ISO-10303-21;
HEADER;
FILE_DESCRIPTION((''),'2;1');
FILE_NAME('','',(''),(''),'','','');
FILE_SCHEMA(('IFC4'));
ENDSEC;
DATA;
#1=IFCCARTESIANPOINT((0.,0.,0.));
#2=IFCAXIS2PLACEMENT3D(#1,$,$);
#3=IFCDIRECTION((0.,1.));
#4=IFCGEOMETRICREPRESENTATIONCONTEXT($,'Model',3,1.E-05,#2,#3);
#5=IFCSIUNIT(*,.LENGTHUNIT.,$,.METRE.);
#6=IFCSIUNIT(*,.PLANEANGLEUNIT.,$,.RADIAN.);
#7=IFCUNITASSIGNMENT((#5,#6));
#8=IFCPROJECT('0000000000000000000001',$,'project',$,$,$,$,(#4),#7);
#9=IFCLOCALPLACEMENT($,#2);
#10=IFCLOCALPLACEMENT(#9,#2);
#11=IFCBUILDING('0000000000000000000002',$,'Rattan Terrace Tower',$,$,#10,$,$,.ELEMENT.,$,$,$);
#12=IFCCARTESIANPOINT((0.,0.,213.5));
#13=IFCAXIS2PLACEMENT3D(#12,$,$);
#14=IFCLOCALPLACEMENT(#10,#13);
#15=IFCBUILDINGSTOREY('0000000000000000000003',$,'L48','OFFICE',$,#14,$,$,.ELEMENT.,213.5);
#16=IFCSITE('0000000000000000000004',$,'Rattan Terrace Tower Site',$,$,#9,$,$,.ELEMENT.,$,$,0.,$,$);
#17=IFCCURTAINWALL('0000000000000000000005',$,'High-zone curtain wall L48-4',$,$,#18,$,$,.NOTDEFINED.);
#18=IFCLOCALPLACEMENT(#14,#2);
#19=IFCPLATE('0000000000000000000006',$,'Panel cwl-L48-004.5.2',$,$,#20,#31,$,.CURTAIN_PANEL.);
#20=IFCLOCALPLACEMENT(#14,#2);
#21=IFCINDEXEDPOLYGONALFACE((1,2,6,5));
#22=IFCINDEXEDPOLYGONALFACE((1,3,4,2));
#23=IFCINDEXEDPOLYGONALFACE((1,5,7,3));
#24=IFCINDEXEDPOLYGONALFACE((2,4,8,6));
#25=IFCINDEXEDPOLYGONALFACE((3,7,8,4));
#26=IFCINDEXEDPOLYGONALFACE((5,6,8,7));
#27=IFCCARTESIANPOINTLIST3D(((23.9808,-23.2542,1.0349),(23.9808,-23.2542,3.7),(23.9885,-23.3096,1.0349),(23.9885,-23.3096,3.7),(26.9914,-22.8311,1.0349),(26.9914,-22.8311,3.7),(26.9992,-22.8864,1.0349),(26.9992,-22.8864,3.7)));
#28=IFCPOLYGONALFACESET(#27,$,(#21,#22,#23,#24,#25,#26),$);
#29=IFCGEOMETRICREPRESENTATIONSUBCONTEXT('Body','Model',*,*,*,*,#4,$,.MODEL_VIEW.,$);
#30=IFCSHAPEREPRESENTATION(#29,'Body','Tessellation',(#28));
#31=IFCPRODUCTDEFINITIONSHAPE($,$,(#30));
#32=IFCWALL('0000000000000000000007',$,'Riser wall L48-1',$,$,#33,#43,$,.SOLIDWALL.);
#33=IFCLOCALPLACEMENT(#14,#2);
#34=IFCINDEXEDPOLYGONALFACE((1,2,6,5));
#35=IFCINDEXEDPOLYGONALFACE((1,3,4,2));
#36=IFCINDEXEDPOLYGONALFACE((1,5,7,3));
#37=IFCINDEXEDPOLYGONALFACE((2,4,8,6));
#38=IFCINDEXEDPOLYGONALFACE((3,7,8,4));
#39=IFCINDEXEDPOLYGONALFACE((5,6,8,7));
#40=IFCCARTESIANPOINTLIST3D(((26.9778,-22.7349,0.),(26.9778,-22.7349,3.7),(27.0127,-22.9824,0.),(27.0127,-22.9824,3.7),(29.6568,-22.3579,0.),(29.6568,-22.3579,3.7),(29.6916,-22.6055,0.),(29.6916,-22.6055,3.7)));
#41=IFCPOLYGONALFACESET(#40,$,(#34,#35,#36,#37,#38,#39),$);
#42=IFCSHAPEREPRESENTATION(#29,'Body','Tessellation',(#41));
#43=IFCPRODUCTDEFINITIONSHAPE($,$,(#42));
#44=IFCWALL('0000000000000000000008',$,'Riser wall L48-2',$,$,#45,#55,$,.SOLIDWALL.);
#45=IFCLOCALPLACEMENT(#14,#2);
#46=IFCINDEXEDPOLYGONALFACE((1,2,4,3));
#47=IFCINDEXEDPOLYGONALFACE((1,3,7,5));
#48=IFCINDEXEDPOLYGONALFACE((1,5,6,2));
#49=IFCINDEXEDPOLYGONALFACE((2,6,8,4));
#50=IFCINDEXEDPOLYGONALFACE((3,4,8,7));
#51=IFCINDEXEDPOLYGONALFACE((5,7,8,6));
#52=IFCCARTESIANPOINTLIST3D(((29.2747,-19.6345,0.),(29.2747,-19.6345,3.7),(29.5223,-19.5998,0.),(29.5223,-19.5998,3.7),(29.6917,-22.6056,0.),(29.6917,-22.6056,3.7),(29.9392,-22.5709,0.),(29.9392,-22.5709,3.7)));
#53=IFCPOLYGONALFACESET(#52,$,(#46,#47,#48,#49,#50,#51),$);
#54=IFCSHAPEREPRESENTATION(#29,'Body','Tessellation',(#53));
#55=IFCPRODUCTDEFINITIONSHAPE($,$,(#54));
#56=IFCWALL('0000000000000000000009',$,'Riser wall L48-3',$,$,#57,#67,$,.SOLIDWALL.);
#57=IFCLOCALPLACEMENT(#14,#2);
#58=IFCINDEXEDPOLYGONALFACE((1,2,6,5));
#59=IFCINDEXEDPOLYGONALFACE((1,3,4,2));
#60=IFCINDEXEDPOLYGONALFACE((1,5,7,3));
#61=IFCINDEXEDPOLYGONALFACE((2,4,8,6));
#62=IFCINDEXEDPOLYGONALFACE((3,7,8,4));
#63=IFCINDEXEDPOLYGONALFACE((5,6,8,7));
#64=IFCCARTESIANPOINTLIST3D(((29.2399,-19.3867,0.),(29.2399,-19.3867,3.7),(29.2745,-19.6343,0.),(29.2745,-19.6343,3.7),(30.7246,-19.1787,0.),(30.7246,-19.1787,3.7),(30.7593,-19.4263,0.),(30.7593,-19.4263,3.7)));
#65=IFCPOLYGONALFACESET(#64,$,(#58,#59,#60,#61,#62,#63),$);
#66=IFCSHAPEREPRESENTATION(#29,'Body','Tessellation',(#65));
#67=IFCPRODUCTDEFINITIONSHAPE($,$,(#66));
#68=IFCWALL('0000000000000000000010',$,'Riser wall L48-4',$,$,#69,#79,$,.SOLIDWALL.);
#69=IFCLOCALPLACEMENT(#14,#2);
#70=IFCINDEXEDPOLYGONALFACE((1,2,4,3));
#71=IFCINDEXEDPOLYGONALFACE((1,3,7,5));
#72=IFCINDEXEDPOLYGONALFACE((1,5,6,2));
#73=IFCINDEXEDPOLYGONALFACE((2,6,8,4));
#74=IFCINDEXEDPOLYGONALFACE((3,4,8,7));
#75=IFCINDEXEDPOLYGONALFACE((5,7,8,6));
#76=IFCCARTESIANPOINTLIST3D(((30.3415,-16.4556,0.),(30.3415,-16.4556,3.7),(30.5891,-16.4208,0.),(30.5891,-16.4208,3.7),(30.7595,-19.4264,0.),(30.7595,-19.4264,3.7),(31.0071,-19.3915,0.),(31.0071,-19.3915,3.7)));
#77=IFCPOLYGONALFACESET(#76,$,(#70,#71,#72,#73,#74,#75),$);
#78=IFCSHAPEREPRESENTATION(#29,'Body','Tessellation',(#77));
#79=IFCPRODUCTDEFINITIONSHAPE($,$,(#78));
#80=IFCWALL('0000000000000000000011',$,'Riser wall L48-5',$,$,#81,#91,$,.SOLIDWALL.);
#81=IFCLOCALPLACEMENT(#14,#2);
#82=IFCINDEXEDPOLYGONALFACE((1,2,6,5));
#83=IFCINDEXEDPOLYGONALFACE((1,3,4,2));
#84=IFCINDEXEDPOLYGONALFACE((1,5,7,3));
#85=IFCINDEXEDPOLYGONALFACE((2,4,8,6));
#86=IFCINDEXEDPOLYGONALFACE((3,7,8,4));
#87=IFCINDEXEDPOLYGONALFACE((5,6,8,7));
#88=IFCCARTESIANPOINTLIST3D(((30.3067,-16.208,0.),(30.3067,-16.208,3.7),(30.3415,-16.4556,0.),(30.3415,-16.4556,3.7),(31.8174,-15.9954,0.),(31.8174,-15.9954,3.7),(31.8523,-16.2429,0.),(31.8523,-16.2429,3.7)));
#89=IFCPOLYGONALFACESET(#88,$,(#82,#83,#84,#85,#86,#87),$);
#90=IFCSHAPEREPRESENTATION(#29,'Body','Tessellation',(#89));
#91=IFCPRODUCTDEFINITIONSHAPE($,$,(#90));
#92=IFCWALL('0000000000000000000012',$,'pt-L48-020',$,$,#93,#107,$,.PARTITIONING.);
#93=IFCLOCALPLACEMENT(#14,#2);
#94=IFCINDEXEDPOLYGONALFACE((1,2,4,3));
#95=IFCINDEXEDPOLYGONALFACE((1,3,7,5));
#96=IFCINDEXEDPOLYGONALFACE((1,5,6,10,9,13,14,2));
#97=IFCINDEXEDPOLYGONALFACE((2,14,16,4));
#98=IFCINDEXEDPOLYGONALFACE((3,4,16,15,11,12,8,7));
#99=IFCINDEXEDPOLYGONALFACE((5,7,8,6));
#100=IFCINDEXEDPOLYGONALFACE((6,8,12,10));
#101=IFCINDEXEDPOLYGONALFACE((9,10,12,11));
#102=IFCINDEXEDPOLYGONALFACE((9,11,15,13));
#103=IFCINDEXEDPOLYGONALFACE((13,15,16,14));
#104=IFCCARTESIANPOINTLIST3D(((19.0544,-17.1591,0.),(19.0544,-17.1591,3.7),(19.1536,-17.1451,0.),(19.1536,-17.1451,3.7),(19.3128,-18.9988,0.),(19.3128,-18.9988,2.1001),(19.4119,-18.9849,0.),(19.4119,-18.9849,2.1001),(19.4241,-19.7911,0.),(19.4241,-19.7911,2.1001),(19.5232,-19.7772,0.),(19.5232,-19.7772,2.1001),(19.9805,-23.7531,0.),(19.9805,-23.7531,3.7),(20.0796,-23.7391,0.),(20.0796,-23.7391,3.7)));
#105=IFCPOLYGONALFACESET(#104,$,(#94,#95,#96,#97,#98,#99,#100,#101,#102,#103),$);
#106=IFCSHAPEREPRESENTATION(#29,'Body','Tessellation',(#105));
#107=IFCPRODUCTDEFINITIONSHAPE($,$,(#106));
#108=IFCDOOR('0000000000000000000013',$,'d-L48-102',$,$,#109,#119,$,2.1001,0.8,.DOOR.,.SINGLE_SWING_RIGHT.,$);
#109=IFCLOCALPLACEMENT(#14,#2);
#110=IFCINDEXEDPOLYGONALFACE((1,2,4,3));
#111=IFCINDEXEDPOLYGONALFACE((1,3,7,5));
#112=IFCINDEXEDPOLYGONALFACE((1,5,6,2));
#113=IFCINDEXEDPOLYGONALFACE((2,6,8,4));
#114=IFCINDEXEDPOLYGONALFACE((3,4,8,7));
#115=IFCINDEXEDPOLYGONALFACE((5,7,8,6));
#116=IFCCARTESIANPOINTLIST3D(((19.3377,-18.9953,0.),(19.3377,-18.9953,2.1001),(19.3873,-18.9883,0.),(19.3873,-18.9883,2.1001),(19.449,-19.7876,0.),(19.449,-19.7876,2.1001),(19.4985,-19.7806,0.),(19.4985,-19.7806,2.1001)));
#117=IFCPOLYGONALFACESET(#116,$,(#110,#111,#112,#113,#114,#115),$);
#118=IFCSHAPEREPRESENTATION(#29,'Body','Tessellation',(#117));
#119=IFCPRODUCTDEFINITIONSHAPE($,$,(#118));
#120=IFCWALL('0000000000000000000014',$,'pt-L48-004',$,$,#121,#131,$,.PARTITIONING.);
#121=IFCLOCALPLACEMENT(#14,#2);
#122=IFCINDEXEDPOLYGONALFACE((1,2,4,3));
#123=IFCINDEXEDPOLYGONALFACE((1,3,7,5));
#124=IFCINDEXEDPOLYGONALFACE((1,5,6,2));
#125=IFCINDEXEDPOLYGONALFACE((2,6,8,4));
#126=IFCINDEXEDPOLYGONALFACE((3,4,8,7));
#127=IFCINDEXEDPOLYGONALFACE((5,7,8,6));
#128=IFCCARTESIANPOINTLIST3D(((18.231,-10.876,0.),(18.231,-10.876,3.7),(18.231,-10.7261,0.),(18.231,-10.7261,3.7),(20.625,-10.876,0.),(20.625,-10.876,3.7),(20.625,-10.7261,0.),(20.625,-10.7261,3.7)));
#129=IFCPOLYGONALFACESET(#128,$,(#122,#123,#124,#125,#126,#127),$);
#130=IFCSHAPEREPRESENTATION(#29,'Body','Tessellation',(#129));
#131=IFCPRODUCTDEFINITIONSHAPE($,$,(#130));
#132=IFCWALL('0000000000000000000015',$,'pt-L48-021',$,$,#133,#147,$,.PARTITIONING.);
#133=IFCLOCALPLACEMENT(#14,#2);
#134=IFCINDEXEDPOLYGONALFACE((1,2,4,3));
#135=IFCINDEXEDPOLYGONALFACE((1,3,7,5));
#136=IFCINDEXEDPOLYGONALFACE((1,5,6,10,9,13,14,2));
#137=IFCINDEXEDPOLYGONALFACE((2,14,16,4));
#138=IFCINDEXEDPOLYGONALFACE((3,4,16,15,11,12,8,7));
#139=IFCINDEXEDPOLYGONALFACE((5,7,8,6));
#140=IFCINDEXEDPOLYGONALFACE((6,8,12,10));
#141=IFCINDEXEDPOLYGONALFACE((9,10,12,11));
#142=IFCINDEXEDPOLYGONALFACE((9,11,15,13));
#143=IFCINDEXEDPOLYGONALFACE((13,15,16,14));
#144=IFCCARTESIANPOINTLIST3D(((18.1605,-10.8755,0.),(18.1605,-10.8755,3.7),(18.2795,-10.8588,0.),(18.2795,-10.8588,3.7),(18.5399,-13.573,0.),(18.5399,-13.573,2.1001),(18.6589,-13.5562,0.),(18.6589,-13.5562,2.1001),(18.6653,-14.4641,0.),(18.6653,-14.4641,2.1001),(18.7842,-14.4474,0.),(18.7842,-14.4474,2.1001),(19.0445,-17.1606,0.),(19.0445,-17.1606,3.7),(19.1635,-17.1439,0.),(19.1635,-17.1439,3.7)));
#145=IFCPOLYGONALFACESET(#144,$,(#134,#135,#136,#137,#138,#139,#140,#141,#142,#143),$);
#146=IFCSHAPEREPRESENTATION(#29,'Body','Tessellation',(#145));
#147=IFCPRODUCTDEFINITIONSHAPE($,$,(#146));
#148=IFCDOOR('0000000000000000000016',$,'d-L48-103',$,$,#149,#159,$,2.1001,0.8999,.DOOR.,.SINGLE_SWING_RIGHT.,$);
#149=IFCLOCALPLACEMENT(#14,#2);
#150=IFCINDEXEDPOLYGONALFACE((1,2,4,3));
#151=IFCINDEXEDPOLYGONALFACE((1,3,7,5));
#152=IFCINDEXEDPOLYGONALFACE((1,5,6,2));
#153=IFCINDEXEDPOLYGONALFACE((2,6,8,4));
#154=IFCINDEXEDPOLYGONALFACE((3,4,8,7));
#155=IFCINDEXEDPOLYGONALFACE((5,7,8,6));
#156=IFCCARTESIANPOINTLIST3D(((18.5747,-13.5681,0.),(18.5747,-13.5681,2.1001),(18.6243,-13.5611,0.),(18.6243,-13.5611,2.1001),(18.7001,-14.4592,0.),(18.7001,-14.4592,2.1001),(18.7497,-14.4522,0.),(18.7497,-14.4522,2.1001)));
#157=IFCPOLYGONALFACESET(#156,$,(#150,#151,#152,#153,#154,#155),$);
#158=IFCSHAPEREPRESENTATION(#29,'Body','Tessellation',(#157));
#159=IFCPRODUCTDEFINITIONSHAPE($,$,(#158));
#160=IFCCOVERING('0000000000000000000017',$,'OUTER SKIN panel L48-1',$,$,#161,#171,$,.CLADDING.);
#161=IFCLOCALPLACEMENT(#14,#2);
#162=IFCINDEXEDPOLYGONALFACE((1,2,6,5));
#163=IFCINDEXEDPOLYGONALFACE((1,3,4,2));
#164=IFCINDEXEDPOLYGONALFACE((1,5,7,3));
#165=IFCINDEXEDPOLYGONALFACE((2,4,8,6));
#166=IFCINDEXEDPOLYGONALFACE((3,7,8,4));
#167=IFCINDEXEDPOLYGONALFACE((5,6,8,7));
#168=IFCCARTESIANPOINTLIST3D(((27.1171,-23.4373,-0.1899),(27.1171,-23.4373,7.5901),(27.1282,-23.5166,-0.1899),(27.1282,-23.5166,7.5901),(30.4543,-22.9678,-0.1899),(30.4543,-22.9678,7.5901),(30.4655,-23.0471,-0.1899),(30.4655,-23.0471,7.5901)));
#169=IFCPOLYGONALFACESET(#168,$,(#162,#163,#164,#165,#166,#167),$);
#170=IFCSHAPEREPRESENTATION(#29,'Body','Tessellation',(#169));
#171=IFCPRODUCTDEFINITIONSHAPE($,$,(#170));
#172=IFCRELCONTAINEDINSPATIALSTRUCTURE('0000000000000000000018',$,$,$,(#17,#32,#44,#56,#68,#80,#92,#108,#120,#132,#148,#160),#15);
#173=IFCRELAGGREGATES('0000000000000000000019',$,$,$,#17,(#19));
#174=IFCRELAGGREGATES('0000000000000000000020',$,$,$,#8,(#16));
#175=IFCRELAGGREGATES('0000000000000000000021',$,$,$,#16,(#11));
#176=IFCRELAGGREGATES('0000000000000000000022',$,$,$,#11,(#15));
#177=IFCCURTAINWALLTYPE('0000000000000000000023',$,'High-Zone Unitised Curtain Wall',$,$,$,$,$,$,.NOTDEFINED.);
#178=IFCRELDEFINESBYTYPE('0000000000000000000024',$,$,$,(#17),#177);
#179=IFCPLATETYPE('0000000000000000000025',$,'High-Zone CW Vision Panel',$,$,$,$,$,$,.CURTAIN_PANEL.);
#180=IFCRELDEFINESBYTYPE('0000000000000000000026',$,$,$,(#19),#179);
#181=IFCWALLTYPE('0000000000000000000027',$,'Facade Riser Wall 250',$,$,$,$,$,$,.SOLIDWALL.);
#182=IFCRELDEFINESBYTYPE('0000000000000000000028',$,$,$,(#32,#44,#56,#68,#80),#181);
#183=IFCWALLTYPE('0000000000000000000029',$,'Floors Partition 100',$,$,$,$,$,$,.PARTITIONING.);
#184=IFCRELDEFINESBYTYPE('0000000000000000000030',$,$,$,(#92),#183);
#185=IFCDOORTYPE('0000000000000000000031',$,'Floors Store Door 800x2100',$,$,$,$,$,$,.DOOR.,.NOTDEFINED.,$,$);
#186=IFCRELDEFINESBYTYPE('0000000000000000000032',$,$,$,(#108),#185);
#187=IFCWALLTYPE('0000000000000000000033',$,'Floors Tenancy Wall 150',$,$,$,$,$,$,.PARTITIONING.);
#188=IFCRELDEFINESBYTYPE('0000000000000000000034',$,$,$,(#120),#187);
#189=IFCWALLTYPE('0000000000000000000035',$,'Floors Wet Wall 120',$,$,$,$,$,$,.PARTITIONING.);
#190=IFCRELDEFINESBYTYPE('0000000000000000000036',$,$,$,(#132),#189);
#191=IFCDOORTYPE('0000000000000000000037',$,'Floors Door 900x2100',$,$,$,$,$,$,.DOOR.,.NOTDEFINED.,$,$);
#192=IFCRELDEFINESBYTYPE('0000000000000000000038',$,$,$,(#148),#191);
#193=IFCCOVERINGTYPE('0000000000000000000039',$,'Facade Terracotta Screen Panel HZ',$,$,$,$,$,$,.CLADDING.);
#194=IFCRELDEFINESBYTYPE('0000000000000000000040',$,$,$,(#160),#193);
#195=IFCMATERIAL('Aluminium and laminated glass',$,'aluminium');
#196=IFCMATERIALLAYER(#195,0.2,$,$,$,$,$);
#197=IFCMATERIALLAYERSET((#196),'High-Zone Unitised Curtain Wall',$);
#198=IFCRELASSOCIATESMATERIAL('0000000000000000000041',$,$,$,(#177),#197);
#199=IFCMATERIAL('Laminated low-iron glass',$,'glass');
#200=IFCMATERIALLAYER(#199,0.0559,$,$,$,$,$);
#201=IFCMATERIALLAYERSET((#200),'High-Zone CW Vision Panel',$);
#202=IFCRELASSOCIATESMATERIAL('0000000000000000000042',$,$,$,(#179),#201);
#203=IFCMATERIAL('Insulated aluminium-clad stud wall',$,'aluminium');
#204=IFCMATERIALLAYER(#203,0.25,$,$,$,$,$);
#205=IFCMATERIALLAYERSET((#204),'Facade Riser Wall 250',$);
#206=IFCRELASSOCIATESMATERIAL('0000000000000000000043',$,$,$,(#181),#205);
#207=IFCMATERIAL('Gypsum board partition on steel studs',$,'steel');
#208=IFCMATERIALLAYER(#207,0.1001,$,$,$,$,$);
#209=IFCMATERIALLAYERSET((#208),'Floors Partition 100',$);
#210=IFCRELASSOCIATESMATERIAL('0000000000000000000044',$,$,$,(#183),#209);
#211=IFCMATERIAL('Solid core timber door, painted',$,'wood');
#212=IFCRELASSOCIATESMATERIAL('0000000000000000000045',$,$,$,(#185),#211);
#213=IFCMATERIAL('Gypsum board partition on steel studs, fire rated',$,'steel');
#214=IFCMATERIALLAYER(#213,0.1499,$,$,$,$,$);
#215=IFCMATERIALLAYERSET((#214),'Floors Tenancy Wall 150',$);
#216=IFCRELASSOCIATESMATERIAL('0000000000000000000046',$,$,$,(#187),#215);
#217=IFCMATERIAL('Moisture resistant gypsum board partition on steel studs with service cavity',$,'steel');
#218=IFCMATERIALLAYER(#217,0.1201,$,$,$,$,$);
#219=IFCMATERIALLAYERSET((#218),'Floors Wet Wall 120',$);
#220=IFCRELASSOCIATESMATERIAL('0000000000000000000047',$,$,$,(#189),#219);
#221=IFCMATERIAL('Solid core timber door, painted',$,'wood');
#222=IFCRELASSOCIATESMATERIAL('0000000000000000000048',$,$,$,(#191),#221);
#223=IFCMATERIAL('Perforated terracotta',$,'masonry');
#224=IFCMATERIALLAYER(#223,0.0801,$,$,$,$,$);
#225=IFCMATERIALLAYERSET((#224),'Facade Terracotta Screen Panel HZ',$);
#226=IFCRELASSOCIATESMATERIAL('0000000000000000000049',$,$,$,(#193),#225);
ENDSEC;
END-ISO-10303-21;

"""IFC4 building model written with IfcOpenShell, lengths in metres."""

from ifc_helpers import new_model, si_unit, direction, frame, frame_2d, origin, origin_2d, place, context, subcontext, project, spatial, rectangle, extrude, material, layer, layer_set, type_object, element, fill, aggregate, save


model = new_model("IFC4")

# Units and contexts
model_context = context("Model", 3, precision=1e-05, world=origin(), true_north=direction((0.0, 1.0)))
body_context = subcontext(model_context, "Body", "Model", "MODEL_VIEW")
ifc_project = project(units=[si_unit("LENGTHUNIT", "METRE"), si_unit("PLANEANGLEUNIT", "RADIAN")], contexts=[model_context])

# Site, building, storey
site_placement = place(None, origin())
site = spatial("IfcSite", under=ifc_project, at=site_placement, Name="Rattan Terrace Tower Site", CompositionType="ELEMENT", RefElevation=0.0)
building_placement = place(site_placement, origin())
building = spatial("IfcBuilding", under=site, at=building_placement, Name="Rattan Terrace Tower", CompositionType="ELEMENT")
storey_placement = place(building_placement, frame((0.0, 0.0, 213.5)))
storey = spatial("IfcBuildingStorey", under=building, at=storey_placement, Name="L48", Description="OFFICE", CompositionType="ELEMENT", Elevation=213.5)

# Shared definitions
ifc_material_1 = material(Name="Aluminium and laminated glass", Category="aluminium")
ifc_layer_1 = layer(ifc_material_1, 0.2)
ifc_layer_set_1 = layer_set([ifc_layer_1], Name="High-Zone Unitised Curtain Wall")
curtain_wall_type = type_object("IfcCurtainWallType", Name="High-Zone Unitised Curtain Wall", PredefinedType="NOTDEFINED", material=ifc_layer_set_1)

# Curtain wall
curtain_wall_1_placement = place(storey_placement, origin())
curtain_wall_1 = element("IfcCurtainWall", 1, at=curtain_wall_1_placement, inside=storey, type_object=curtain_wall_type, Name="High-zone curtain wall L48-4", PredefinedType="NOTDEFINED")

# Plate
ifc_material_2 = material(Name="Laminated low-iron glass", Category="glass")
ifc_layer_2 = layer(ifc_material_2, 0.0559)
ifc_layer_set_2 = layer_set([ifc_layer_2], Name="High-Zone CW Vision Panel")
plate_type_1 = type_object("IfcPlateType", Name="High-Zone CW Vision Panel", PredefinedType="CURTAIN_PANEL", material=ifc_layer_set_2)
plate_1_placement = place(storey_placement, frame((25.49, -23.0703, 1.0349), z_axis=(0.0, 0.0, 1.0), x_axis=(0.990267, 0.139177, 0.0)))
plate_1 = element("IfcPlate", 2, at=plate_1_placement, type_object=plate_type_1, Name="Panel cwl-L48-004.5.2", PredefinedType="CURTAIN_PANEL", context=body_context, shape_type="SweptSolid", body=[
    extrude(rectangle(XDim=3.0403, YDim=0.0559, at=origin_2d()), origin(), (0.0, 0.0, 1.0), 2.665),
])
aggregate(curtain_wall_1, [plate_1])

# Walls
ifc_material_3 = material(Name="Insulated aluminium-clad stud wall", Category="aluminium")
ifc_layer_3 = layer(ifc_material_3, 0.25)
ifc_layer_set_3 = layer_set([ifc_layer_3], Name="Facade Riser Wall 250")
wall_type_1 = type_object("IfcWallType", Name="Facade Riser Wall 250", PredefinedType="SOLIDWALL", material=ifc_layer_set_3)
wall_1_placement = place(storey_placement, frame((26.9954, -22.8586, 0.0), z_axis=(0.0, 0.0, 1.0), x_axis=(0.990245, 0.139336, 0.0)))
element("IfcWall", 3, at=wall_1_placement, inside=storey, type_object=wall_type_1, Name="Riser wall L48-1", PredefinedType="SOLIDWALL", context=body_context, shape_type="SweptSolid", body=[
    extrude(rectangle(XDim=2.7053, YDim=0.25, at=frame_2d((1.3525, 0.0))), origin(), (0.0, 0.0, 1.0), 3.7),
])
wall_2_placement = place(storey_placement, frame((29.8154, -22.5881, 0.0), z_axis=(0.0, 0.0, 1.0), x_axis=(-0.138983, 0.990295, 0.0)))
element("IfcWall", 4, at=wall_2_placement, inside=storey, type_object=wall_type_1, Name="Riser wall L48-2", PredefinedType="SOLIDWALL", context=body_context, shape_type="SweptSolid", body=[
    extrude(rectangle(XDim=3.0002, YDim=0.25, at=frame_2d((1.5, 0.0))), origin(), (0.0, 0.0, 1.0), 3.7),
])
wall_3_placement = place(storey_placement, frame((29.2573, -19.5105, 0.0), z_axis=(0.0, 0.0, 1.0), x_axis=(0.99033, 0.138731, 0.0)))
element("IfcWall", 5, at=wall_3_placement, inside=storey, type_object=wall_type_1, Name="Riser wall L48-3", PredefinedType="SOLIDWALL", context=body_context, shape_type="SweptSolid", body=[
    extrude(rectangle(XDim=1.4993, YDim=0.25, at=frame_2d((0.7495, 0.0))), origin(), (0.0, 0.0, 1.0), 3.7),
])
wall_4_placement = place(storey_placement, frame((30.8833, -19.4089, 0.0), z_axis=(0.0, 0.0, 1.0), x_axis=(-0.139325, 0.990247, 0.0)))
element("IfcWall", 6, at=wall_4_placement, inside=storey, type_object=wall_type_1, Name="Riser wall L48-4", PredefinedType="SOLIDWALL", context=body_context, shape_type="SweptSolid", body=[
    extrude(rectangle(XDim=3.0, YDim=0.25, at=frame_2d((1.5, 0.0))), origin(), (0.0, 0.0, 1.0), 3.7),
])
wall_5_placement = place(storey_placement, frame((30.3242, -16.3318, 0.0), z_axis=(0.0, 0.0, 1.0), x_axis=(0.990239, 0.139382, 0.0)))
element("IfcWall", 7, at=wall_5_placement, inside=storey, type_object=wall_type_1, Name="Riser wall L48-5", PredefinedType="SOLIDWALL", context=body_context, shape_type="SweptSolid", body=[
    extrude(rectangle(XDim=1.5256, YDim=0.25, at=frame_2d((0.7627, 0.0))), origin(), (0.0, 0.0, 1.0), 3.7),
])

# Wall, opening, door
ifc_material_4 = material(Name="Gypsum board partition on steel studs", Category="steel")
ifc_layer_4 = layer(ifc_material_4, 0.1001)
ifc_layer_set_4 = layer_set([ifc_layer_4], Name="Floors Partition 100")
wall_type_2 = type_object("IfcWallType", Name="Floors Partition 100", PredefinedType="PARTITIONING", material=ifc_layer_set_4)
wall_6_placement = place(storey_placement, frame((20.03, -23.7461, 0.0), z_axis=(0.0, 0.0, 1.0), x_axis=(-0.13907, 0.990283, 0.0)))
wall_6 = element("IfcWall", 8, at=wall_6_placement, inside=storey, type_object=wall_type_2, Name="pt-L48-020", PredefinedType="PARTITIONING", context=body_context, shape_type="SweptSolid", body=[
    extrude(rectangle(XDim=6.6587, YDim=0.1001, at=frame_2d((3.3293, 0.0))), origin(), (0.0, 0.0, 1.0), 3.7),
])
opening_1_placement = place(wall_6_placement, frame((4.001, 0.0, 0.0)))
opening_1 = element("IfcOpeningElement", 9, at=opening_1_placement, cuts=wall_6, PredefinedType="OPENING", context=body_context, shape_type="SweptSolid", body=[
    extrude(rectangle(XDim=0.8, YDim=2.1001, at=frame_2d((0.3999, 1.05))), frame((0.0, 0.0605, 0.0), z_axis=(0.0, -1.0, 0.0), x_axis=(1.0, 0.0, 0.0)), (0.0, 0.0, 1.0), 0.1211),
])
ifc_material_5 = material(Name="Solid core timber door, painted", Category="wood")
door_type_1 = type_object("IfcDoorType", Name="Floors Store Door 800x2100", OperationType="NOTDEFINED", PredefinedType="DOOR", material=ifc_material_5)
door_1_placement = place(opening_1_placement, origin())
door_1 = element("IfcDoor", 10, at=door_1_placement, inside=storey, type_object=door_type_1, Name="d-L48-102", OperationType="SINGLE_SWING_RIGHT", OverallHeight=2.1001, OverallWidth=0.8, PredefinedType="DOOR", context=body_context, shape_type="SweptSolid", body=[
    extrude(rectangle(XDim=0.8, YDim=2.1001, at=frame_2d((0.3999, 1.05))), frame((0.0, 0.0249, 0.0), z_axis=(0.0, -1.0, 0.0), x_axis=(1.0, 0.0, 0.0)), (0.0, 0.0, 1.0), 0.05),
])
fill(opening_1, door_1)

# Wall
ifc_material_6 = material(Name="Gypsum board partition on steel studs, fire rated", Category="steel")
ifc_layer_5 = layer(ifc_material_6, 0.1499)
ifc_layer_set_5 = layer_set([ifc_layer_5], Name="Floors Tenancy Wall 150")
wall_type_3 = type_object("IfcWallType", Name="Floors Tenancy Wall 150", PredefinedType="PARTITIONING", material=ifc_layer_set_5)
wall_7_placement = place(storey_placement, frame((20.625, -10.801, 0.0), z_axis=(0.0, 0.0, 1.0), x_axis=(-1.0, 0.0, 0.0)))
element("IfcWall", 11, at=wall_7_placement, inside=storey, type_object=wall_type_3, Name="pt-L48-004", PredefinedType="PARTITIONING", context=body_context, shape_type="SweptSolid", body=[
    extrude(rectangle(XDim=2.394, YDim=0.1499, at=frame_2d((1.197, 0.0))), origin(), (0.0, 0.0, 1.0), 3.7),
])

# Wall, opening, door
ifc_material_7 = material(Name="Moisture resistant gypsum board partition on steel studs with service cavity", Category="steel")
ifc_layer_6 = layer(ifc_material_7, 0.1201)
ifc_layer_set_6 = layer_set([ifc_layer_6], Name="Floors Wet Wall 120")
wall_type_4 = type_object("IfcWallType", Name="Floors Wet Wall 120", PredefinedType="PARTITIONING", material=ifc_layer_set_6)
wall_8_placement = place(storey_placement, frame((19.104, -17.1521, 0.0), z_axis=(0.0, 0.0, 1.0), x_axis=(-0.139283, 0.990253, 0.0)))
wall_8 = element("IfcWall", 12, at=wall_8_placement, inside=storey, type_object=wall_type_4, Name="pt-L48-021", PredefinedType="PARTITIONING", context=body_context, shape_type="SweptSolid", body=[
    extrude(rectangle(XDim=6.3469, YDim=0.1201, at=frame_2d((3.1733, 0.0))), origin(), (0.0, 0.0, 1.0), 3.7),
])
opening_2_placement = place(wall_8_placement, frame((2.7229, 0.0, 0.0)))
opening_2 = element("IfcOpeningElement", 13, at=opening_2_placement, cuts=wall_8, PredefinedType="OPENING", context=body_context, shape_type="SweptSolid", body=[
    extrude(rectangle(XDim=0.8999, YDim=2.1001, at=frame_2d((0.45, 1.05))), frame((0.0, 0.0706, 0.0), z_axis=(0.0, -1.0, 0.0), x_axis=(1.0, 0.0, 0.0)), (0.0, 0.0, 1.0), 0.1411),
])
ifc_material_8 = material(Name="Solid core timber door, painted", Category="wood")
door_type_2 = type_object("IfcDoorType", Name="Floors Door 900x2100", OperationType="NOTDEFINED", PredefinedType="DOOR", material=ifc_material_8)
door_2_placement = place(opening_2_placement, origin())
door_2 = element("IfcDoor", 14, at=door_2_placement, inside=storey, type_object=door_type_2, Name="d-L48-103", OperationType="SINGLE_SWING_RIGHT", OverallHeight=2.1001, OverallWidth=0.8999, PredefinedType="DOOR", context=body_context, shape_type="SweptSolid", body=[
    extrude(rectangle(XDim=0.8999, YDim=2.1001, at=frame_2d((0.45, 1.05))), frame((0.0, 0.0249, 0.0), z_axis=(0.0, -1.0, 0.0), x_axis=(1.0, 0.0, 0.0)), (0.0, 0.0, 1.0), 0.05),
])
fill(opening_2, door_2)

# Covering
ifc_material_9 = material(Name="Perforated terracotta", Category="masonry")
ifc_layer_7 = layer(ifc_material_9, 0.0801)
ifc_layer_set_7 = layer_set([ifc_layer_7], Name="Facade Terracotta Screen Panel HZ")
covering_type = type_object("IfcCoveringType", Name="Facade Terracotta Screen Panel HZ", PredefinedType="CLADDING", material=ifc_layer_set_7)
covering_1_placement = place(storey_placement, frame((28.7913, -23.2422, -0.1899), z_axis=(0.0, 0.0, 1.0), x_axis=(0.990247, 0.139321, 0.0)))
element("IfcCovering", 15, at=covering_1_placement, inside=storey, type_object=covering_type, Name="OUTER SKIN panel L48-1", PredefinedType="CLADDING", context=body_context, shape_type="SweptSolid", body=[
    extrude(rectangle(XDim=3.3701, YDim=0.0801, at=origin_2d()), origin(), (0.0, 0.0, 1.0), 7.78),
])

save(model, "model.ifc")
